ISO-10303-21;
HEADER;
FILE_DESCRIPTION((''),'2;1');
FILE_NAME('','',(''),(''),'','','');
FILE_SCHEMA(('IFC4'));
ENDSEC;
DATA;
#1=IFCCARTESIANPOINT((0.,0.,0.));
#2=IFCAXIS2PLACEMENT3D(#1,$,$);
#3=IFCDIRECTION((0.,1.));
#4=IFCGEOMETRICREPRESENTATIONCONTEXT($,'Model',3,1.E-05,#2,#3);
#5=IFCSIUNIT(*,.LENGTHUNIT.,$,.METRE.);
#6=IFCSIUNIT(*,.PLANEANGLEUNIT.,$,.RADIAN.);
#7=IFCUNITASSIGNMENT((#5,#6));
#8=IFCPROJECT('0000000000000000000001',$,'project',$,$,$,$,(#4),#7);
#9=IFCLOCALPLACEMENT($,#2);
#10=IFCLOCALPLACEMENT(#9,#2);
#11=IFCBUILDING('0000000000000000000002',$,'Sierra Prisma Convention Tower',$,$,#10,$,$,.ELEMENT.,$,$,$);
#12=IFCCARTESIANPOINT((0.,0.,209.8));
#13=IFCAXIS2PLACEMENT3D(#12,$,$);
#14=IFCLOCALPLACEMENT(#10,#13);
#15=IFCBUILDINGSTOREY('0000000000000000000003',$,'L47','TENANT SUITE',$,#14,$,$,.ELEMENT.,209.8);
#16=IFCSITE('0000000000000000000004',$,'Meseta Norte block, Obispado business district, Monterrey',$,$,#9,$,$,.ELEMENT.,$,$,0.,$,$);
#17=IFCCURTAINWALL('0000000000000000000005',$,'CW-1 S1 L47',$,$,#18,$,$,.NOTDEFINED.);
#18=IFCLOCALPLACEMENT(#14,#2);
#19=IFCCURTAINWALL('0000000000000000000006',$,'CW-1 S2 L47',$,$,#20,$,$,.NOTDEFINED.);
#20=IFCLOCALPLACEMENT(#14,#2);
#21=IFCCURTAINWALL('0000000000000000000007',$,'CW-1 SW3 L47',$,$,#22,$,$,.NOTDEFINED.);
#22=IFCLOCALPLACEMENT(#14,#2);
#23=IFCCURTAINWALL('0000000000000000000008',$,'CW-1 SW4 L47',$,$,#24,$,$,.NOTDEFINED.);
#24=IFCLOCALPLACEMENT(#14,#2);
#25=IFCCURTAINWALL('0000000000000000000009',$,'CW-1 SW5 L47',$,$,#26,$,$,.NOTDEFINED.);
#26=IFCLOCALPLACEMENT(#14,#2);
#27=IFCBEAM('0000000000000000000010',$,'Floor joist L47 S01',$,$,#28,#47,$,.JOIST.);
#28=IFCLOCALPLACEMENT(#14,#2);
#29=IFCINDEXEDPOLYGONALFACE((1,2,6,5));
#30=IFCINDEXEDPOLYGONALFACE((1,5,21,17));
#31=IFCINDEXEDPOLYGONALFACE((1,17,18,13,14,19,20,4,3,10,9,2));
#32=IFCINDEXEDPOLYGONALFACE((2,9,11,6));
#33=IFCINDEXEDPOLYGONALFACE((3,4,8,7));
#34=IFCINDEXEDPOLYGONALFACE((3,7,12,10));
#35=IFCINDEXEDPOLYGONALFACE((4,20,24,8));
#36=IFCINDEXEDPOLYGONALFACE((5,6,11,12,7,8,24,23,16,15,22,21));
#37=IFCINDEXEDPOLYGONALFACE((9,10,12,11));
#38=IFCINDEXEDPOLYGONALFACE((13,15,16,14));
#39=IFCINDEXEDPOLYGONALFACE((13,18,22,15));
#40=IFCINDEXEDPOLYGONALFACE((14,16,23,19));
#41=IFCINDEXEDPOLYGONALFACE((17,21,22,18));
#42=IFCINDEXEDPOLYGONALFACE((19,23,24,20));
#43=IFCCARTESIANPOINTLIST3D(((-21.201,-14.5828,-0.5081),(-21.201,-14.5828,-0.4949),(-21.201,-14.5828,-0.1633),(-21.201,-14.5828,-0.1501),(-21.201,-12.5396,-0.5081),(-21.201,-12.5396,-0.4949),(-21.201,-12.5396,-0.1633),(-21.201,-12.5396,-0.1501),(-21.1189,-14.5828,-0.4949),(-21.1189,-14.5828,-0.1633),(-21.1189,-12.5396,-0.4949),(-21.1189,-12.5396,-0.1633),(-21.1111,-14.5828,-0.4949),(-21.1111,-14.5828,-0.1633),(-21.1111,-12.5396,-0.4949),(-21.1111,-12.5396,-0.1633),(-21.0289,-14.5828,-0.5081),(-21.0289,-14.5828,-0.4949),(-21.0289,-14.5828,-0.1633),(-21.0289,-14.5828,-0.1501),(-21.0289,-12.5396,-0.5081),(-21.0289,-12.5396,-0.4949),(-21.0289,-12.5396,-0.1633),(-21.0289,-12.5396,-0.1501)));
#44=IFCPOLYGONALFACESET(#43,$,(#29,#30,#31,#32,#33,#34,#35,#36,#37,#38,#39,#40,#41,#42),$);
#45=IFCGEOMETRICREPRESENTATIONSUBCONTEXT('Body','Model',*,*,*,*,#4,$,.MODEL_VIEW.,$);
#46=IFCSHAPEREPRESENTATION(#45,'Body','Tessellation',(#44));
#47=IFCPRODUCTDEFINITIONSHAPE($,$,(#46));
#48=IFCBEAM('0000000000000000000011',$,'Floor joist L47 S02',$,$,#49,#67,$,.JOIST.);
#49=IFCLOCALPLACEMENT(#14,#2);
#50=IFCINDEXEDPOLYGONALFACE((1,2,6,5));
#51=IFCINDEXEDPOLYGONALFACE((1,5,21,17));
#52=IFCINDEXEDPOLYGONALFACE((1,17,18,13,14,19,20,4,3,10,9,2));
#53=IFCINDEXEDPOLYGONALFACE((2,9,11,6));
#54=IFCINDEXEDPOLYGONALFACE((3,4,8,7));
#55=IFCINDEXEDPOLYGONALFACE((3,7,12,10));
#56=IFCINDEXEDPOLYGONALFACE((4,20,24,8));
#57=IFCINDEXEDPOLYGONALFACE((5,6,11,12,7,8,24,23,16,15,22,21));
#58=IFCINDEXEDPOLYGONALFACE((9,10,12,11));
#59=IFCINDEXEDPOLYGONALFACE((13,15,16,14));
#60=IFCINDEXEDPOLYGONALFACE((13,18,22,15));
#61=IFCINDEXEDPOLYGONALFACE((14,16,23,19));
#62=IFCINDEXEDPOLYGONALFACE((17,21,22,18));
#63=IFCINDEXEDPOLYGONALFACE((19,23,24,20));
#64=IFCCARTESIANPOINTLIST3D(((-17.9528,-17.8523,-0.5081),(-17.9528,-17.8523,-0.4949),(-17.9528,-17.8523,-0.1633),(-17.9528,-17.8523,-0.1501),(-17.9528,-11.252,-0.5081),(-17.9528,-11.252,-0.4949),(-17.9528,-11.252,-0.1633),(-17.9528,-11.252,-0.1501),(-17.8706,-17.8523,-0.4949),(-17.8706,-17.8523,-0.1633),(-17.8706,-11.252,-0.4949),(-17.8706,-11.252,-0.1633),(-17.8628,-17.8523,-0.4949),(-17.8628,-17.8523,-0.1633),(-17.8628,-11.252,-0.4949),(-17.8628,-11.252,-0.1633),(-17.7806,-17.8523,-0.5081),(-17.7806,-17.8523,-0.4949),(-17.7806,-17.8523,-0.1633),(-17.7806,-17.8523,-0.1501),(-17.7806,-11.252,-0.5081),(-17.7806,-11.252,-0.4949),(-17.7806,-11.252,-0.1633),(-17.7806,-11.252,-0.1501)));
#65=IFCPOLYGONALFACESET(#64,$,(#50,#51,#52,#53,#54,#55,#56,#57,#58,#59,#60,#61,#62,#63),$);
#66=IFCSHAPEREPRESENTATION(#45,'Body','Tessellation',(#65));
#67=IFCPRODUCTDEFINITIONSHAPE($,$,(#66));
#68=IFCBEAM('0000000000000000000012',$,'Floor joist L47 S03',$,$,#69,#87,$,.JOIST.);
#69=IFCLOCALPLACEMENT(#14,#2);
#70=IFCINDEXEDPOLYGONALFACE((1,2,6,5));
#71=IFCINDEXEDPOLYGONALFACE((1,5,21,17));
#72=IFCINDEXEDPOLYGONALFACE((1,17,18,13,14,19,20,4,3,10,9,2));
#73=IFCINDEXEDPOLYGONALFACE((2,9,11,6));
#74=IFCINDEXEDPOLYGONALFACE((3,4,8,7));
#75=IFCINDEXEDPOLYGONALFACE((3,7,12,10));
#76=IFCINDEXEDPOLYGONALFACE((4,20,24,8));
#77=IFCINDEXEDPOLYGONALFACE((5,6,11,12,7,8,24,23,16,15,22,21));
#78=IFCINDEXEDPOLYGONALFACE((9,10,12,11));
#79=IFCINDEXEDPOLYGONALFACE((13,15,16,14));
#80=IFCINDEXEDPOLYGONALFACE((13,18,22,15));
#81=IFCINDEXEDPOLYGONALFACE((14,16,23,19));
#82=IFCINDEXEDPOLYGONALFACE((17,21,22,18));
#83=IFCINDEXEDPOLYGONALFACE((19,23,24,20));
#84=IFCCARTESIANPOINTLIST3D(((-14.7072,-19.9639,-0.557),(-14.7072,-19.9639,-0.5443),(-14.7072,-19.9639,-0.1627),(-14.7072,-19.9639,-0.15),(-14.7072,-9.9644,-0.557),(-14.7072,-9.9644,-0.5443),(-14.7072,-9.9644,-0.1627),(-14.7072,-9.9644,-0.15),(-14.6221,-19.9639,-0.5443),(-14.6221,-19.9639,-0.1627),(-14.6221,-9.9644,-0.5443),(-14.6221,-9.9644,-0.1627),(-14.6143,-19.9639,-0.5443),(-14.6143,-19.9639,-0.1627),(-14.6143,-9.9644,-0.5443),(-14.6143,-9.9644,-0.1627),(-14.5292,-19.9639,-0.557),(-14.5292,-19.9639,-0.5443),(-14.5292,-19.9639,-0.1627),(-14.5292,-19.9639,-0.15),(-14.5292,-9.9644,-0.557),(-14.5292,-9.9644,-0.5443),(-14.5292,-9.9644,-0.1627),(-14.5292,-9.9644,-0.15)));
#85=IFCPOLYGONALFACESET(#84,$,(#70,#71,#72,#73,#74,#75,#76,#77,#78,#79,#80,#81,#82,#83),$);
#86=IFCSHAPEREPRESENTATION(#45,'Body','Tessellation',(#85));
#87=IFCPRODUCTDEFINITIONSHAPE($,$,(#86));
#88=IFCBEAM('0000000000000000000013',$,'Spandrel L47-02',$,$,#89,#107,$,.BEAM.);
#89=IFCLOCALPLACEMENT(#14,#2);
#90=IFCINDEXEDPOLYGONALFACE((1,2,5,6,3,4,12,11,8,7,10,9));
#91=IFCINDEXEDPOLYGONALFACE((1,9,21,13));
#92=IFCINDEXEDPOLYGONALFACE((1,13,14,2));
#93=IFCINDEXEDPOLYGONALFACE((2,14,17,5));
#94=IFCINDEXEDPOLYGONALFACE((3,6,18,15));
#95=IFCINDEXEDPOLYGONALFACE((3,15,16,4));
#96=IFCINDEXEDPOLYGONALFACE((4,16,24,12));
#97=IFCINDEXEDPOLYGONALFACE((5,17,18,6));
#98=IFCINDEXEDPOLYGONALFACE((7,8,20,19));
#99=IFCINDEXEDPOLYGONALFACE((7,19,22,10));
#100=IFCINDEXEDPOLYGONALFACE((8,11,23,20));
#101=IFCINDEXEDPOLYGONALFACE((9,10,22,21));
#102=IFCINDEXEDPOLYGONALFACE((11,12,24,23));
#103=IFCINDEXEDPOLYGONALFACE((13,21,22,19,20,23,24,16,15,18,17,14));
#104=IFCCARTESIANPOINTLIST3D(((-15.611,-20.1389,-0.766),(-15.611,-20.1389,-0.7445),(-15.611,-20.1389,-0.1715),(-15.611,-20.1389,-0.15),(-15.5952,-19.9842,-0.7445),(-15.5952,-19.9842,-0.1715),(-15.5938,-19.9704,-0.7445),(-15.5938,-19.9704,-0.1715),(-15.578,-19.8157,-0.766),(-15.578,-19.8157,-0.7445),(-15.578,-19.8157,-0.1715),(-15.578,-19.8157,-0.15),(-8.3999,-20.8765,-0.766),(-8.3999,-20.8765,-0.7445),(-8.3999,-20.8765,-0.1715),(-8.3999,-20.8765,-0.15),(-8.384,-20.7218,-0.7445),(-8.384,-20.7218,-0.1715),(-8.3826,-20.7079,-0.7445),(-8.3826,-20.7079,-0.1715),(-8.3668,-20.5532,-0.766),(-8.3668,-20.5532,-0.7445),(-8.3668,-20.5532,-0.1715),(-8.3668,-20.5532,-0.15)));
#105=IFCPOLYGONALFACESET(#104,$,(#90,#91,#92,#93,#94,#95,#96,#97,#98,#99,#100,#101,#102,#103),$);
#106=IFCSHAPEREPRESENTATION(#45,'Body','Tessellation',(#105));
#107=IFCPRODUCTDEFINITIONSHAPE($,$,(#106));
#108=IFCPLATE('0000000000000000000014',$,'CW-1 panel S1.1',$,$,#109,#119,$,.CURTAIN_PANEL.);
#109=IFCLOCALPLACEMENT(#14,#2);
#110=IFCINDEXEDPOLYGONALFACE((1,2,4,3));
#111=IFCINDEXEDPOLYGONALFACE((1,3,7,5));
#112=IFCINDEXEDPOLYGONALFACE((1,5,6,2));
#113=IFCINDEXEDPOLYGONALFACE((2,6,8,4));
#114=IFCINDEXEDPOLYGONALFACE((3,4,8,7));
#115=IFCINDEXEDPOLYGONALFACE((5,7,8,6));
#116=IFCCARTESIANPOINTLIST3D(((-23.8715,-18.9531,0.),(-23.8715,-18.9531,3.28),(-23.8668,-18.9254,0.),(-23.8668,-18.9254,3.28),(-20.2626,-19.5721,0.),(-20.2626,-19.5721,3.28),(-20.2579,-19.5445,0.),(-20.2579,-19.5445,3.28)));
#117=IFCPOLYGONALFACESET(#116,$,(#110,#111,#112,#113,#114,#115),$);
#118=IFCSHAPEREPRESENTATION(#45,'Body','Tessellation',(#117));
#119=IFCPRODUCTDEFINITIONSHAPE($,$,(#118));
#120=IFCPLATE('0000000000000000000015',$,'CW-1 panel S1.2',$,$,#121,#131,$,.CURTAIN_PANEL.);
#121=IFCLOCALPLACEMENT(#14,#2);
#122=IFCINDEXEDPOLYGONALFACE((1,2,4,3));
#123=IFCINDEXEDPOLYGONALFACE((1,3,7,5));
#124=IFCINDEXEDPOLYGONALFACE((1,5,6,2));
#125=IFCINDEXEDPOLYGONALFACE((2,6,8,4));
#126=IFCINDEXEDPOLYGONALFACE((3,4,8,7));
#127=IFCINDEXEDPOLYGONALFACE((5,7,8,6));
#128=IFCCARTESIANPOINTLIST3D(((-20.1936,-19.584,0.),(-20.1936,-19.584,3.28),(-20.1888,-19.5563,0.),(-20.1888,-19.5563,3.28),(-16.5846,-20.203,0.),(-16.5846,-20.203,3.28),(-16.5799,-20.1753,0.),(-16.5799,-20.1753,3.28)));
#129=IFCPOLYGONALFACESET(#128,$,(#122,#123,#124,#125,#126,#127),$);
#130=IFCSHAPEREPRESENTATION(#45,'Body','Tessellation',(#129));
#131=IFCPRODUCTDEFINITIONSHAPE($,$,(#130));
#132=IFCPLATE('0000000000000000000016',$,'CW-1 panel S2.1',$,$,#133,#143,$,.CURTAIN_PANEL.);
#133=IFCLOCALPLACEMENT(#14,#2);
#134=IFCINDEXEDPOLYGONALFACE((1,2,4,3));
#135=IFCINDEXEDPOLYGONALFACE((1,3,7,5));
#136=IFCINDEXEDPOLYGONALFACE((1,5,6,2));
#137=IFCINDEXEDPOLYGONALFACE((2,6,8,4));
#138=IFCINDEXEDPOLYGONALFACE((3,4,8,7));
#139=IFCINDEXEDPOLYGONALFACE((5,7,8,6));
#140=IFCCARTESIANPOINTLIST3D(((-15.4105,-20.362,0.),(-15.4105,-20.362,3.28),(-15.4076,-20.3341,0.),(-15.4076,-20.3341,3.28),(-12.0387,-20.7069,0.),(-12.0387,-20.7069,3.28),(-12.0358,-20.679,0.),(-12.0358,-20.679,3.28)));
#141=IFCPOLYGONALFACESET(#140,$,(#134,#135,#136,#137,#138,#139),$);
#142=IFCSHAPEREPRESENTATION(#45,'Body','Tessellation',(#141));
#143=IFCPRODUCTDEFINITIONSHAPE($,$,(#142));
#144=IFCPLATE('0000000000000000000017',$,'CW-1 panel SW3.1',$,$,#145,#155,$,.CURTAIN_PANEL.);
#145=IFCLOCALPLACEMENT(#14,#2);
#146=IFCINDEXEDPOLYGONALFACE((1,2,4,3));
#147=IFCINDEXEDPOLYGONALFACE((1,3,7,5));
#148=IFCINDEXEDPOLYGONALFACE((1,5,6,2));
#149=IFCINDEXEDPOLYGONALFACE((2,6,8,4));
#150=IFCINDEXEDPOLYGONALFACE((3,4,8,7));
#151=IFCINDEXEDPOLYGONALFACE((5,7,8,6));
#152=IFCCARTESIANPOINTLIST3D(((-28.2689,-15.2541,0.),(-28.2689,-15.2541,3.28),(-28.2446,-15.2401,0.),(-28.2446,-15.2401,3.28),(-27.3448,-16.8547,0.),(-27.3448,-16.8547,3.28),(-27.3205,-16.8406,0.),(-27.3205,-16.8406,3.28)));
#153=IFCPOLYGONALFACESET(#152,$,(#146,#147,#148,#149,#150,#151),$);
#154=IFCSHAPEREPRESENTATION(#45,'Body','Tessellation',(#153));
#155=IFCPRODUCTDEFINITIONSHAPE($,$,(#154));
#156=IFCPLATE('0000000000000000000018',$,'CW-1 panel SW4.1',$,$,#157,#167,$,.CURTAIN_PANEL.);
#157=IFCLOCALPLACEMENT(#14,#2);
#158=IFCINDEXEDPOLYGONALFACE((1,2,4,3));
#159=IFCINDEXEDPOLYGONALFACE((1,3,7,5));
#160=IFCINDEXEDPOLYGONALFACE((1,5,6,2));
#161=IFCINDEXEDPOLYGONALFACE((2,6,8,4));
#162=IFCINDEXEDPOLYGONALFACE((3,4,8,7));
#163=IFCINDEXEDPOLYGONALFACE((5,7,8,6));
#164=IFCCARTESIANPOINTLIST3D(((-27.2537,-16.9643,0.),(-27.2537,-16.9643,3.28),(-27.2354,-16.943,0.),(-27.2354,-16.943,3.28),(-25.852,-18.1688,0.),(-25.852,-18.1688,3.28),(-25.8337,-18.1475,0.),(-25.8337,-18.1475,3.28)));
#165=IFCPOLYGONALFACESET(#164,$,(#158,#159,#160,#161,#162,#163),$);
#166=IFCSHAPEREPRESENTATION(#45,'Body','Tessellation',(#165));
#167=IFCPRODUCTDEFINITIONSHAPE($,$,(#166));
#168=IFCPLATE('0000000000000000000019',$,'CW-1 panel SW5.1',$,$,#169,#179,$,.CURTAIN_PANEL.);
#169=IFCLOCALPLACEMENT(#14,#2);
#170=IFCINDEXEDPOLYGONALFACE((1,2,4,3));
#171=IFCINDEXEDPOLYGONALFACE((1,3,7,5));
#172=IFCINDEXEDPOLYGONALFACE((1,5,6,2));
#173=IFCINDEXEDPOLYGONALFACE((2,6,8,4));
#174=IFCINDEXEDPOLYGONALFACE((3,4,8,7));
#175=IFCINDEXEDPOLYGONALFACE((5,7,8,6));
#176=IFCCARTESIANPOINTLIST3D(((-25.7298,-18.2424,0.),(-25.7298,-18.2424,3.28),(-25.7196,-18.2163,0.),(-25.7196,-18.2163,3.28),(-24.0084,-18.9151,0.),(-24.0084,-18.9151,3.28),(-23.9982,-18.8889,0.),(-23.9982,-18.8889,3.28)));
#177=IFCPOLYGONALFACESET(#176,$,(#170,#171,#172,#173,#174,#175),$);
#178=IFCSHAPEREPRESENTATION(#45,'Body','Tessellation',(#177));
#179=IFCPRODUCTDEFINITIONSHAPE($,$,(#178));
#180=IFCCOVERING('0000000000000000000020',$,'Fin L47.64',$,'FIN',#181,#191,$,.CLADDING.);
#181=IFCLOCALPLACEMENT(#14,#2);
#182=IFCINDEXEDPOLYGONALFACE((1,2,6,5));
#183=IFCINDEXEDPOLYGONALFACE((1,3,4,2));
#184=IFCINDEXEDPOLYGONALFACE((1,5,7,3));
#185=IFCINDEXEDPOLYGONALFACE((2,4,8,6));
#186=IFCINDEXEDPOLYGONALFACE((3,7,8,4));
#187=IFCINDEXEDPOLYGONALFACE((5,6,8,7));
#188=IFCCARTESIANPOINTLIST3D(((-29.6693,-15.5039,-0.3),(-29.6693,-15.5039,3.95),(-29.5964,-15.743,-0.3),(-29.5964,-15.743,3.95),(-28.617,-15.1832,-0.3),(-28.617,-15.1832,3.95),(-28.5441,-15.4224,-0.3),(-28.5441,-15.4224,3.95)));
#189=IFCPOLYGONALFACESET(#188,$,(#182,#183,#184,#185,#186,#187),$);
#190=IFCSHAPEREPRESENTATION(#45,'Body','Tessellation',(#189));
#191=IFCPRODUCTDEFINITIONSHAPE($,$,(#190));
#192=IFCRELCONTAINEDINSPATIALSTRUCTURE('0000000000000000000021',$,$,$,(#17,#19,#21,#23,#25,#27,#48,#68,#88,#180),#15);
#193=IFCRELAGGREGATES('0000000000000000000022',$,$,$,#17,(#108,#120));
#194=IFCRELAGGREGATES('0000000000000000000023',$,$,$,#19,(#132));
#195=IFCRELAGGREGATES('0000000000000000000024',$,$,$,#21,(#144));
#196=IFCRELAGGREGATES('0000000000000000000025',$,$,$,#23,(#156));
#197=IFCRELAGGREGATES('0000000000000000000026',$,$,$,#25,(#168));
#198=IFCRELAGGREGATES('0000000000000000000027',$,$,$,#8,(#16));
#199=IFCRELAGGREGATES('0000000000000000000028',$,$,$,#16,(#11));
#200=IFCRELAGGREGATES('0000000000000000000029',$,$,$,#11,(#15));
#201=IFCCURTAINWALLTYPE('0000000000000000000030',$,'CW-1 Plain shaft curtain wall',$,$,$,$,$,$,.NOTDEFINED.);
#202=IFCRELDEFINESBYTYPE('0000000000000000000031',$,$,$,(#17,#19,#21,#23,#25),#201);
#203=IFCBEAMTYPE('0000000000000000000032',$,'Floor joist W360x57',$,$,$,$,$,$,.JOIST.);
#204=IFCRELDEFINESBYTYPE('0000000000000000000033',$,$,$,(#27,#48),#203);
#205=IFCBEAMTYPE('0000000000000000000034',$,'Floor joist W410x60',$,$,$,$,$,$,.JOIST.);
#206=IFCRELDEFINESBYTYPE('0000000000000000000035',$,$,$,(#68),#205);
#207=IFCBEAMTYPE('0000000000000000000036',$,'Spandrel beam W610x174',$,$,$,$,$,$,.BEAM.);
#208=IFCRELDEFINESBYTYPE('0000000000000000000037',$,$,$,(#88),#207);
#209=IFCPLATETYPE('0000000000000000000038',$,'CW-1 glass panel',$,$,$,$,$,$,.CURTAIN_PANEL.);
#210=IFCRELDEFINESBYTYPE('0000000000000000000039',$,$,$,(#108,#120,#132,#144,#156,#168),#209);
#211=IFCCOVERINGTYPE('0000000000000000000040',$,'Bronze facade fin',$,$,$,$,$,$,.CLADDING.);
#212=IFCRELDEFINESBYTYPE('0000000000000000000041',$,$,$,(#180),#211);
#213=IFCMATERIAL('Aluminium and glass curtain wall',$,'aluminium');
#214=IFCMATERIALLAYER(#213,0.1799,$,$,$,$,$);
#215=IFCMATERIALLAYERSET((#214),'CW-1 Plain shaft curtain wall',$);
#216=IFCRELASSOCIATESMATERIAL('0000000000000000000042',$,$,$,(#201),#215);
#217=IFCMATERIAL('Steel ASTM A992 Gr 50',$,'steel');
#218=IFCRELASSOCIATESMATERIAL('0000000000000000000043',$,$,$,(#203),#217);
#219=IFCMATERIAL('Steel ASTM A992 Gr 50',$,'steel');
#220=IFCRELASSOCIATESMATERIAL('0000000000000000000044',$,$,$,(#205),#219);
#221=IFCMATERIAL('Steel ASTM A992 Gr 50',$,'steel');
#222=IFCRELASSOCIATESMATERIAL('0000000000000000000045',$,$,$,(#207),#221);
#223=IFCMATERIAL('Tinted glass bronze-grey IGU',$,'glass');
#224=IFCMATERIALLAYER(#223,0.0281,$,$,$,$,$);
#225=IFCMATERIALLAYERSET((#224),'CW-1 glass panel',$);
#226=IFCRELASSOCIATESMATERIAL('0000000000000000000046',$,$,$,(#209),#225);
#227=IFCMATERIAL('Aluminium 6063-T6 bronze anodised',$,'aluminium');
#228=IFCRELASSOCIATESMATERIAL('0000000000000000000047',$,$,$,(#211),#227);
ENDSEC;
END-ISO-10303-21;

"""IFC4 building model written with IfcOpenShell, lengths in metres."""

from ifc_helpers import new_model, si_unit, direction, frame, origin, origin_2d, place, context, subcontext, project, spatial, rectangle, i_section, extrude, material, layer, layer_set, material_profile, profile_set, type_object, element, aggregate, save


model = new_model("IFC4")

# Units and contexts
model_context = context("Model", 3, precision=1e-05, world=origin(), true_north=direction((0.0, 1.0)))
body_context = subcontext(model_context, "Body", "Model", "MODEL_VIEW")
ifc_project = project(units=[si_unit("LENGTHUNIT", "METRE"), si_unit("PLANEANGLEUNIT", "RADIAN")], contexts=[model_context])

# Site, building, storey
site_placement = place(None, origin())
site = spatial("IfcSite", under=ifc_project, at=site_placement, Name="Meseta Norte block, Obispado business district, Monterrey", CompositionType="ELEMENT", RefElevation=0.0)
building_placement = place(site_placement, origin())
building = spatial("IfcBuilding", under=site, at=building_placement, Name="Sierra Prisma Convention Tower", CompositionType="ELEMENT")
storey_placement = place(building_placement, frame((0.0, 0.0, 209.8)))
storey = spatial("IfcBuildingStorey", under=building, at=storey_placement, Name="L47", Description="TENANT SUITE", CompositionType="ELEMENT", Elevation=209.8)

# Curtain wall
ifc_material_1 = material(Name="Aluminium and glass curtain wall", Category="aluminium")
ifc_layer_1 = layer(ifc_material_1, 0.1799)
ifc_layer_set_1 = layer_set([ifc_layer_1], Name="CW-1 Plain shaft curtain wall")
curtain_wall_type = type_object("IfcCurtainWallType", Name="CW-1 Plain shaft curtain wall", PredefinedType="NOTDEFINED", material=ifc_layer_set_1)
curtain_wall_1_placement = place(storey_placement, origin())
curtain_wall_1 = element("IfcCurtainWall", 1, at=curtain_wall_1_placement, inside=storey, type_object=curtain_wall_type, Name="CW-1 S1 L47", PredefinedType="NOTDEFINED")

# Curtain walls
curtain_wall_2_placement = place(storey_placement, origin())
curtain_wall_2 = element("IfcCurtainWall", 2, at=curtain_wall_2_placement, inside=storey, type_object=curtain_wall_type, Name="CW-1 S2 L47", PredefinedType="NOTDEFINED")
curtain_wall_3_placement = place(storey_placement, origin())
curtain_wall_3 = element("IfcCurtainWall", 3, at=curtain_wall_3_placement, inside=storey, type_object=curtain_wall_type, Name="CW-1 SW3 L47", PredefinedType="NOTDEFINED")
curtain_wall_4_placement = place(storey_placement, origin())
curtain_wall_4 = element("IfcCurtainWall", 4, at=curtain_wall_4_placement, inside=storey, type_object=curtain_wall_type, Name="CW-1 SW4 L47", PredefinedType="NOTDEFINED")
curtain_wall_5_placement = place(storey_placement, origin())
curtain_wall_5 = element("IfcCurtainWall", 5, at=curtain_wall_5_placement, inside=storey, type_object=curtain_wall_type, Name="CW-1 SW5 L47", PredefinedType="NOTDEFINED")

# Beams
ifc_material_2 = material(Name="Steel ASTM A992 Gr 50", Category="steel")
ifc_material_profile_1 = material_profile(ifc_material_2, i_section(OverallWidth=0.1721, OverallDepth=0.3579, WebThickness=0.0078, FlangeThickness=0.0132, at=origin_2d()), Name="W360x57")
ifc_profile_set_1 = profile_set([ifc_material_profile_1], Name="Steel ASTM A992 Gr 50")
beam_type_1 = type_object("IfcBeamType", Name="Floor joist W360x57", PredefinedType="JOIST", material=ifc_profile_set_1)
beam_1_placement = place(storey_placement, frame((-21.115, -14.5828, -0.3291), z_axis=(0.0, 1.0, 0.0), x_axis=(-1.0, 0.0, 0.0)))
element("IfcBeam", 6, at=beam_1_placement, inside=storey, type_object=beam_type_1, Name="Floor joist L47 S01", PredefinedType="JOIST", context=body_context, shape_type="SweptSolid", body=[
    extrude(i_section(OverallWidth=0.1721, OverallDepth=0.3579, WebThickness=0.0078, FlangeThickness=0.0132, at=origin_2d()), origin(), (0.0, 0.0, 1.0), 2.0432),
])
beam_2_placement = place(storey_placement, frame((-17.8667, -17.8523, -0.3291), z_axis=(0.0, 1.0, 0.0), x_axis=(-1.0, 0.0, 0.0)))
element("IfcBeam", 7, at=beam_2_placement, inside=storey, type_object=beam_type_1, Name="Floor joist L47 S02", PredefinedType="JOIST", context=body_context, shape_type="SweptSolid", body=[
    extrude(i_section(OverallWidth=0.1721, OverallDepth=0.3579, WebThickness=0.0078, FlangeThickness=0.0132, at=origin_2d()), origin(), (0.0, 0.0, 1.0), 6.6003),
])
ifc_material_3 = material(Name="Steel ASTM A992 Gr 50", Category="steel")
ifc_material_profile_2 = material_profile(ifc_material_3, i_section(OverallWidth=0.178, OverallDepth=0.407, WebThickness=0.0078, FlangeThickness=0.0127, at=origin_2d()), Name="W410x60")
ifc_profile_set_2 = profile_set([ifc_material_profile_2], Name="Steel ASTM A992 Gr 50")
beam_type_2 = type_object("IfcBeamType", Name="Floor joist W410x60", PredefinedType="JOIST", material=ifc_profile_set_2)
beam_3_placement = place(storey_placement, frame((-14.6182, -19.9639, -0.3535), z_axis=(0.0, 1.0, 0.0), x_axis=(-1.0, 0.0, 0.0)))
element("IfcBeam", 8, at=beam_3_placement, inside=storey, type_object=beam_type_2, Name="Floor joist L47 S03", PredefinedType="JOIST", context=body_context, shape_type="SweptSolid", body=[
    extrude(i_section(OverallWidth=0.178, OverallDepth=0.407, WebThickness=0.0078, FlangeThickness=0.0127, at=origin_2d()), origin(), (0.0, 0.0, 1.0), 9.9995),
])
ifc_material_4 = material(Name="Steel ASTM A992 Gr 50", Category="steel")
ifc_material_profile_3 = material_profile(ifc_material_4, i_section(OverallWidth=0.325, OverallDepth=0.616, WebThickness=0.0139, FlangeThickness=0.0215, at=origin_2d()), Name="W610x174")
ifc_profile_set_3 = profile_set([ifc_material_profile_3], Name="Steel ASTM A992 Gr 50")
beam_type_3 = type_object("IfcBeamType", Name="Spandrel beam W610x174", PredefinedType="BEAM", material=ifc_profile_set_3)
beam_4_placement = place(storey_placement, frame((-15.5945, -19.9773, -0.458), z_axis=(0.99481, -0.101748, 0.0), x_axis=(0.101748, 0.99481, 0.0)))
element("IfcBeam", 9, at=beam_4_placement, inside=storey, type_object=beam_type_3, Name="Spandrel L47-02", PredefinedType="BEAM", context=body_context, shape_type="SweptSolid", body=[
    extrude(i_section(OverallWidth=0.325, OverallDepth=0.616, WebThickness=0.0139, FlangeThickness=0.0215, at=origin_2d()), origin(), (0.0, 0.0, 1.0), 7.2488),
])

# Plates
ifc_material_5 = material(Name="Tinted glass bronze-grey IGU", Category="glass")
ifc_layer_2 = layer(ifc_material_5, 0.0281)
ifc_layer_set_2 = layer_set([ifc_layer_2], Name="CW-1 glass panel")
plate_type = type_object("IfcPlateType", Name="CW-1 glass panel", PredefinedType="CURTAIN_PANEL", material=ifc_layer_set_2)
plate_1_placement = place(storey_placement, frame((-22.0647, -19.2488, 0.0), z_axis=(0.0, 0.0, 1.0), x_axis=(0.985607, -0.169055, 0.0)))
plate_1 = element("IfcPlate", 10, at=plate_1_placement, type_object=plate_type, Name="CW-1 panel S1.1", PredefinedType="CURTAIN_PANEL", context=body_context, shape_type="SweptSolid", body=[
    extrude(rectangle(XDim=3.6616, YDim=0.0281, at=origin_2d()), origin(), (0.0, 0.0, 1.0), 3.28),
])
plate_2_placement = place(storey_placement, frame((-18.3867, -19.8796, 0.0), z_axis=(0.0, 0.0, 1.0), x_axis=(0.985607, -0.169055, 0.0)))
plate_2 = element("IfcPlate", 11, at=plate_2_placement, type_object=plate_type, Name="CW-1 panel S1.2", PredefinedType="CURTAIN_PANEL", context=body_context, shape_type="SweptSolid", body=[
    extrude(rectangle(XDim=3.6616, YDim=0.0281, at=origin_2d()), origin(), (0.0, 0.0, 1.0), 3.28),
])
aggregate(curtain_wall_1, [plate_1, plate_2])
plate_3_placement = place(storey_placement, frame((-13.7231, -20.5205, 0.0), z_axis=(0.0, 0.0, 1.0), x_axis=(0.99481, -0.101746, 0.0)))
plate_3 = element("IfcPlate", 12, at=plate_3_placement, type_object=plate_type, Name="CW-1 panel S2.1", PredefinedType="CURTAIN_PANEL", context=body_context, shape_type="SweptSolid", body=[
    extrude(rectangle(XDim=3.3894, YDim=0.0281, at=origin_2d()), origin(), (0.0, 0.0, 1.0), 3.28),
])
aggregate(curtain_wall_2, [plate_3])
plate_4_placement = place(storey_placement, frame((-27.7947, -16.0474, 0.0), z_axis=(0.0, 0.0, 1.0), x_axis=(0.5, -0.866025, 0.0)))
plate_4 = element("IfcPlate", 13, at=plate_4_placement, type_object=plate_type, Name="CW-1 panel SW3.1", PredefinedType="CURTAIN_PANEL", context=body_context, shape_type="SweptSolid", body=[
    extrude(rectangle(XDim=1.8481, YDim=0.0281, at=origin_2d()), origin(), (0.0, 0.0, 1.0), 3.28),
])
aggregate(curtain_wall_3, [plate_4])
plate_5_placement = place(storey_placement, frame((-26.5437, -17.5559, 0.0), z_axis=(0.0, 0.0, 1.0), x_axis=(0.758455, -0.651725, 0.0)))
plate_5 = element("IfcPlate", 14, at=plate_5_placement, type_object=plate_type, Name="CW-1 panel SW4.1", PredefinedType="CURTAIN_PANEL", context=body_context, shape_type="SweptSolid", body=[
    extrude(rectangle(XDim=1.8481, YDim=0.0281, at=origin_2d()), origin(), (0.0, 0.0, 1.0), 3.28),
])
aggregate(curtain_wall_4, [plate_5])
plate_6_placement = place(storey_placement, frame((-24.864, -18.5657, 0.0), z_axis=(0.0, 0.0, 1.0), x_axis=(0.931415, -0.36396, 0.0)))
plate_6 = element("IfcPlate", 15, at=plate_6_placement, type_object=plate_type, Name="CW-1 panel SW5.1", PredefinedType="CURTAIN_PANEL", context=body_context, shape_type="SweptSolid", body=[
    extrude(rectangle(XDim=1.8481, YDim=0.0281, at=origin_2d()), origin(), (0.0, 0.0, 1.0), 3.28),
])
aggregate(curtain_wall_5, [plate_6])

# Covering
ifc_material_6 = material(Name="Aluminium 6063-T6 bronze anodised", Category="aluminium")
ifc_material_profile_4 = material_profile(ifc_material_6, rectangle(XDim=1.1001, YDim=0.25, at=origin_2d()), Name="ALU FIN 1100x250")
ifc_profile_set_4 = profile_set([ifc_material_profile_4], Name="Aluminium 6063-T6 bronze anodised")
covering_type = type_object("IfcCoveringType", Name="Bronze facade fin", PredefinedType="CLADDING", material=ifc_profile_set_4)
covering_placement = place(storey_placement, frame((-29.1067, -15.4631, -0.3), z_axis=(0.0, 0.0, 1.0), x_axis=(-0.956577, -0.29148, 0.0)))
element("IfcCovering", 16, at=covering_placement, inside=storey, type_object=covering_type, Name="Fin L47.64", ObjectType="FIN", PredefinedType="CLADDING", context=body_context, shape_type="SweptSolid", body=[
    extrude(rectangle(XDim=1.1001, YDim=0.25, at=origin_2d()), origin(), (0.0, 0.0, 1.0), 4.25),
])

save(model, "model.ifc")
